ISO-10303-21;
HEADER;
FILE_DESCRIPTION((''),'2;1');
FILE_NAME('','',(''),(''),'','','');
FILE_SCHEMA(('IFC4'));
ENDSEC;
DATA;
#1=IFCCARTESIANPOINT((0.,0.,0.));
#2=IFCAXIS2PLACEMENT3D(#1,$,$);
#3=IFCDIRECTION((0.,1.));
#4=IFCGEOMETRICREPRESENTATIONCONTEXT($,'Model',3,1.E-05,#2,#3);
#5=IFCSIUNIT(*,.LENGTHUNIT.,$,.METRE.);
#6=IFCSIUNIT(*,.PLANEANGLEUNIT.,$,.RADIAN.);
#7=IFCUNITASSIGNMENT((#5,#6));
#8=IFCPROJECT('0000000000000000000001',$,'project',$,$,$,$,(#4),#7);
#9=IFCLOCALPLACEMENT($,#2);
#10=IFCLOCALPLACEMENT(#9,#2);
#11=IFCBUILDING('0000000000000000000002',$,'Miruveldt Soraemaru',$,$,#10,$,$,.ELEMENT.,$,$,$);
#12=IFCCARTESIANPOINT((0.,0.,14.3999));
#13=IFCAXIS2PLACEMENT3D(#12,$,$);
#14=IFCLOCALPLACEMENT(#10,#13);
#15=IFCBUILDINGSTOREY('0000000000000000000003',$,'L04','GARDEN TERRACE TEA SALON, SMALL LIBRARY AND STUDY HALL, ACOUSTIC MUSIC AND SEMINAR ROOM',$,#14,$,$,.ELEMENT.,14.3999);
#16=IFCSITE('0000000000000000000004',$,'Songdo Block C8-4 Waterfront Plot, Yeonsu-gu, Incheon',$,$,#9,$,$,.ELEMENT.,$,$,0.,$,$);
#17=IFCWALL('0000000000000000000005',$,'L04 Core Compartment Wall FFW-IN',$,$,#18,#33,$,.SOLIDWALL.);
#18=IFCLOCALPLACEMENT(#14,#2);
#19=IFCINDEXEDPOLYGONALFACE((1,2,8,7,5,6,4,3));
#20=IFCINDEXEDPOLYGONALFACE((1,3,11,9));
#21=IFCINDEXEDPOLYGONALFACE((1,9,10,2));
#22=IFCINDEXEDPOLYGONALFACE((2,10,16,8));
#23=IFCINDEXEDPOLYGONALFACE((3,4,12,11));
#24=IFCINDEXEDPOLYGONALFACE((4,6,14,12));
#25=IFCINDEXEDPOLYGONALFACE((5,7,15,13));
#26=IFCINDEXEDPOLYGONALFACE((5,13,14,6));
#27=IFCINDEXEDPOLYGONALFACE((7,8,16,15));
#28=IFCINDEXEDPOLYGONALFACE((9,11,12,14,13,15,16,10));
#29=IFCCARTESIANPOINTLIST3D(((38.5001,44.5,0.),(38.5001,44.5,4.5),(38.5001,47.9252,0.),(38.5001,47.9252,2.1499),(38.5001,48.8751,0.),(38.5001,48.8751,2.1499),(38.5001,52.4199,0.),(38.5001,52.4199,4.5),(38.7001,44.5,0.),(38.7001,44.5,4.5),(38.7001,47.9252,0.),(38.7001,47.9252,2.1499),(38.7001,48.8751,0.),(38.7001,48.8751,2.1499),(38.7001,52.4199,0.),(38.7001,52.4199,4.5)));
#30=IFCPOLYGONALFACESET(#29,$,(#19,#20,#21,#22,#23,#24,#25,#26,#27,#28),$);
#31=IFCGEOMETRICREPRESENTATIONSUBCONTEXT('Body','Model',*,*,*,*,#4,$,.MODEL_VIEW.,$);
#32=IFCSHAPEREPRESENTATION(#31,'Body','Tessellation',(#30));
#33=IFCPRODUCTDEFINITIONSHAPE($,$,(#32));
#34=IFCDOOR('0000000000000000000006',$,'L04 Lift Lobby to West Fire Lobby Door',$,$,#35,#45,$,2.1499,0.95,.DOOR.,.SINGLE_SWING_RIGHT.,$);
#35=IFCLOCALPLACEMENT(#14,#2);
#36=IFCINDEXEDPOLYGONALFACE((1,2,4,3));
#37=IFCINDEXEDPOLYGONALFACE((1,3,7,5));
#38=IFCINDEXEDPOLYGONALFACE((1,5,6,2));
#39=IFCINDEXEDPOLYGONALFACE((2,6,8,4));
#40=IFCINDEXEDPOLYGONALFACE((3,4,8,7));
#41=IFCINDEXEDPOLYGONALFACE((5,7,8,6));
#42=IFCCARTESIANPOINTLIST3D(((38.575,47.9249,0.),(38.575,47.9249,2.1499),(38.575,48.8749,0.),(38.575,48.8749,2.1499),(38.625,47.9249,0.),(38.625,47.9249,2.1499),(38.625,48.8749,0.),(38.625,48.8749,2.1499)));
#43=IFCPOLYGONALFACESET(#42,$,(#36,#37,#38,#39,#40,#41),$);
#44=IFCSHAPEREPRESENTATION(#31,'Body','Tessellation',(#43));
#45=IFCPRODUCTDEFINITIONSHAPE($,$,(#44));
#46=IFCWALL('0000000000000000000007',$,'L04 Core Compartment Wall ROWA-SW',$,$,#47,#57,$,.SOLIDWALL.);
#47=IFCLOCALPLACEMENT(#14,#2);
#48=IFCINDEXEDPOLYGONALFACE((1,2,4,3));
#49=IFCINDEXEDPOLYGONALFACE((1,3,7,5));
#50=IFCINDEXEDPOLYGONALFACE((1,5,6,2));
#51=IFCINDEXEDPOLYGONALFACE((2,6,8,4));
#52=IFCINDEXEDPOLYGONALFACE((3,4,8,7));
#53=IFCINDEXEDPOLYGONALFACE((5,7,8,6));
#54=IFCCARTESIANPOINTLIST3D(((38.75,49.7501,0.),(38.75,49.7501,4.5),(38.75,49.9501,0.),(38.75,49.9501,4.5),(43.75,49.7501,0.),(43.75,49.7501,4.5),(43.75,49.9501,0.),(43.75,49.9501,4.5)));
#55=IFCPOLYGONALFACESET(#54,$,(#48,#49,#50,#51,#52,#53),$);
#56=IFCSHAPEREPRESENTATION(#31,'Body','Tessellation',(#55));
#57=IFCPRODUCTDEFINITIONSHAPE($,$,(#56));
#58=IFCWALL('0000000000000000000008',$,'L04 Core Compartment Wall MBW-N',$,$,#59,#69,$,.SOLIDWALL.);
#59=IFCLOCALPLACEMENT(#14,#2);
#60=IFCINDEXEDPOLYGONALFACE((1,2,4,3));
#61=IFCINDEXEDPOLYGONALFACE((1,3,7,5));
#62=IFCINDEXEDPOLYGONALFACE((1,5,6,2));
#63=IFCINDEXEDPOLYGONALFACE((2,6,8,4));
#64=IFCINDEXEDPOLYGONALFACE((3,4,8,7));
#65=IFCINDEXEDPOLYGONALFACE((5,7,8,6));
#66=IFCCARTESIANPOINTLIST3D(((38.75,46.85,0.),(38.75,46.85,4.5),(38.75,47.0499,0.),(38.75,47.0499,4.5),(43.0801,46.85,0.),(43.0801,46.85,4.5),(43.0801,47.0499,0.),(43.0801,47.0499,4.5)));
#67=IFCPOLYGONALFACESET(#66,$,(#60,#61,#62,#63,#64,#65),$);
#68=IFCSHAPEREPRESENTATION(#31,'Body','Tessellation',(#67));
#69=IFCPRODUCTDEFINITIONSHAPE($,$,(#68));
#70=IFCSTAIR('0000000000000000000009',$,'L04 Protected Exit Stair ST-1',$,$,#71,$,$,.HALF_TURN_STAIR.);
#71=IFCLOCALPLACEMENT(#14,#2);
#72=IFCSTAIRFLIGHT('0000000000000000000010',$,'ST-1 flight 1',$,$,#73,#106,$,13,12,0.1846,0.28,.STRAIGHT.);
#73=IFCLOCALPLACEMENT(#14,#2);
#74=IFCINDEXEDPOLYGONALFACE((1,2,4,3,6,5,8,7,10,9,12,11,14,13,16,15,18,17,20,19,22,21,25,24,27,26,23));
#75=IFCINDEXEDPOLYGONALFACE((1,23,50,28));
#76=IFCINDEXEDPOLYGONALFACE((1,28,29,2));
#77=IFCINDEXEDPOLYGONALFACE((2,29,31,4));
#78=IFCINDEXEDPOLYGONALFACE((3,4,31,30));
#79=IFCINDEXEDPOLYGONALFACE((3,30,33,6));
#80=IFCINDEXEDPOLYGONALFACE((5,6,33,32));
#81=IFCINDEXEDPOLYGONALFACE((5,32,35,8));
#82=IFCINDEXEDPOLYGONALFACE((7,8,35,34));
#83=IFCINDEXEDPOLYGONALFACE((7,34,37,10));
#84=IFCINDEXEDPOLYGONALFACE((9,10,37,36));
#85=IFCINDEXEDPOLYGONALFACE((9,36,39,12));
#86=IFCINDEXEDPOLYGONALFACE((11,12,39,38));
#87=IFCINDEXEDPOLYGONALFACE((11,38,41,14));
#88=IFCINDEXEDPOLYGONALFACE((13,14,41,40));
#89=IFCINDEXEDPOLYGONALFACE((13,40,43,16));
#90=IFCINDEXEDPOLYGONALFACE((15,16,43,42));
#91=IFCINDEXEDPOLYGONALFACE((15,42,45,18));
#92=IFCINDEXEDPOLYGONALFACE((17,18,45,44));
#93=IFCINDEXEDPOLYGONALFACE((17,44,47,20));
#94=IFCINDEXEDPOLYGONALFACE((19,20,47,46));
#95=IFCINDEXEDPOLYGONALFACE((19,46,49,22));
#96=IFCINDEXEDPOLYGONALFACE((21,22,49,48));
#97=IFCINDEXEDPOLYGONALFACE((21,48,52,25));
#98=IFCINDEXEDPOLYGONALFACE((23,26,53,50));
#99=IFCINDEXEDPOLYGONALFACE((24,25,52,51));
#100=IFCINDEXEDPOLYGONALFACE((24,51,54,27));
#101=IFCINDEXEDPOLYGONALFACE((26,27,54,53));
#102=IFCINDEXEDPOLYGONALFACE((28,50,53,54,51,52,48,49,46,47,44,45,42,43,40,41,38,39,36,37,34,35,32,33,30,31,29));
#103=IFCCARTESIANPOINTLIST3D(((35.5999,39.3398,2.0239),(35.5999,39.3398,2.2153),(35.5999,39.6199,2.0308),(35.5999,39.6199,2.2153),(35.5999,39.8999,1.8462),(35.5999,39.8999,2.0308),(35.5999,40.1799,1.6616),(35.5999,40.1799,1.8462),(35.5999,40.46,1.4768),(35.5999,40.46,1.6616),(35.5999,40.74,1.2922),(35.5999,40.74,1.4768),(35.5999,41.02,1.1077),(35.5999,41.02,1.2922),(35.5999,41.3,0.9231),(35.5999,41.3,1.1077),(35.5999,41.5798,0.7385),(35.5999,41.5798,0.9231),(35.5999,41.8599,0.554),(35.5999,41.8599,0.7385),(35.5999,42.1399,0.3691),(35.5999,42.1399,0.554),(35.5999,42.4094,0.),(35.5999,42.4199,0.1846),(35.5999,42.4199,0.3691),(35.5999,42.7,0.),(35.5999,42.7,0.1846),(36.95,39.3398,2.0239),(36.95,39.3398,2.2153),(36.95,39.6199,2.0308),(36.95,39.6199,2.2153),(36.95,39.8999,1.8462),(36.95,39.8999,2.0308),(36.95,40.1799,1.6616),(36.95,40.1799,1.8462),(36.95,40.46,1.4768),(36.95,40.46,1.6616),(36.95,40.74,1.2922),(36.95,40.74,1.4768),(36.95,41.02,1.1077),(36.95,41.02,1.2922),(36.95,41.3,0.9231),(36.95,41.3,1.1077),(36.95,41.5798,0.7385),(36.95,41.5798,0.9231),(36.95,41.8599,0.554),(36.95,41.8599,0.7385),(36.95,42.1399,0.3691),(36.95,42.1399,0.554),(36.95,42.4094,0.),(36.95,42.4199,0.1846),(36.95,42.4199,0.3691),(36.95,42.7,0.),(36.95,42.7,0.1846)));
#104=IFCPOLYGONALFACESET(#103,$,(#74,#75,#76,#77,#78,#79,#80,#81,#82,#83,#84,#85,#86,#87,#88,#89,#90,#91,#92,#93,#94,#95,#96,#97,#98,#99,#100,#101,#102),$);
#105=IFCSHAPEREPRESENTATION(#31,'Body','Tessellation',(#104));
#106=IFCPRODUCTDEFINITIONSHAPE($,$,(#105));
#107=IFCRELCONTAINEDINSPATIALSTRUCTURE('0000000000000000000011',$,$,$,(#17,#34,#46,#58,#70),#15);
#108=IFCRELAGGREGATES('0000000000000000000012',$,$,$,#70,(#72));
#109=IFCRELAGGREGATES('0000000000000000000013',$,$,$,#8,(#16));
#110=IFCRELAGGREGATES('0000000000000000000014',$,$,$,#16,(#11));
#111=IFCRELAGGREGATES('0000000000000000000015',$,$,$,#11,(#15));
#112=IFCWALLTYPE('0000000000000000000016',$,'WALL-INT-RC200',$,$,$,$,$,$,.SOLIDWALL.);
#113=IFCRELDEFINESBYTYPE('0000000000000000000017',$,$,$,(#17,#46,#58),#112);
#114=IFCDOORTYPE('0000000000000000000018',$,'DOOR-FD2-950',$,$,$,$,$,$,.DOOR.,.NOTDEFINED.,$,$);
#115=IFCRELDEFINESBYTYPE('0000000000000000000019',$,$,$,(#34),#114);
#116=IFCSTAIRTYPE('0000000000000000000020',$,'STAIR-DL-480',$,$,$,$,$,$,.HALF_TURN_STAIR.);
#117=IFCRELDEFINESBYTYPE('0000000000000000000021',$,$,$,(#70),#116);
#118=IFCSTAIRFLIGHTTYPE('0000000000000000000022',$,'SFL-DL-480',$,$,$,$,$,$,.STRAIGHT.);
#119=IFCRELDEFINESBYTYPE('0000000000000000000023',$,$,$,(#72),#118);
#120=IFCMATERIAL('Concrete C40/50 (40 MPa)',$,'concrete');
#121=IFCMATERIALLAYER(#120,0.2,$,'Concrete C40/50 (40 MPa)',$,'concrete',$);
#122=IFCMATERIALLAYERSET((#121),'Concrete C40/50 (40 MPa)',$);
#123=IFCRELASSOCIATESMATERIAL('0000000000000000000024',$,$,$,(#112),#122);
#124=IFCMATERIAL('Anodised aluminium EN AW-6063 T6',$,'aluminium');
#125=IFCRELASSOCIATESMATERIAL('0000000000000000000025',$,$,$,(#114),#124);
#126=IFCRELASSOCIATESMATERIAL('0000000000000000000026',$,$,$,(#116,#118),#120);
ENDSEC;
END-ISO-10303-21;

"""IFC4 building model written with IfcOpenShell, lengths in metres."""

from ifc_helpers import new_model, si_unit, direction, frame, frame_2d, origin, place, context, subcontext, project, spatial, polyline, rectangle, outline, extrude, material, layer, layer_set, type_object, element, fill, aggregate, save


model = new_model("IFC4")

# Units and contexts
model_context = context("Model", 3, precision=1e-05, world=origin(), true_north=direction((0.0, 1.0)))
body_context = subcontext(model_context, "Body", "Model", "MODEL_VIEW")
ifc_project = project(units=[si_unit("LENGTHUNIT", "METRE"), si_unit("PLANEANGLEUNIT", "RADIAN")], contexts=[model_context])

# Site, building, storey
site_placement = place(None, origin())
site = spatial("IfcSite", under=ifc_project, at=site_placement, Name="Songdo Block C8-4 Waterfront Plot, Yeonsu-gu, Incheon", CompositionType="ELEMENT", RefElevation=0.0)
building_placement = place(site_placement, origin())
building = spatial("IfcBuilding", under=site, at=building_placement, Name="Miruveldt Soraemaru", CompositionType="ELEMENT")
storey_placement = place(building_placement, frame((0.0, 0.0, 14.3999)))
storey = spatial("IfcBuildingStorey", under=building, at=storey_placement, Name="L04", Description="GARDEN TERRACE TEA SALON, SMALL LIBRARY AND STUDY HALL, ACOUSTIC MUSIC AND SEMINAR ROOM", CompositionType="ELEMENT", Elevation=14.3999)

# Shared definitions
ifc_material_1 = material(Name="Concrete C40/50 (40 MPa)", Category="concrete")
ifc_material_2 = material(Name="Anodised aluminium EN AW-6063 T6", Category="aluminium")

# Wall, opening, door
ifc_layer_1 = layer(ifc_material_1, 0.2, Name="Concrete C40/50 (40 MPa)", Category="concrete")
ifc_layer_set_1 = layer_set([ifc_layer_1], Name="Concrete C40/50 (40 MPa)")
wall_type_1 = type_object("IfcWallType", Name="WALL-INT-RC200", PredefinedType="SOLIDWALL", material=ifc_layer_set_1)
wall_1_placement = place(storey_placement, frame((38.6001, 44.5, 0.0), z_axis=(0.0, 0.0, 1.0), x_axis=(0.0, 1.0, 0.0)))
wall_1 = element("IfcWall", 1, at=wall_1_placement, inside=storey, type_object=wall_type_1, Name="L04 Core Compartment Wall FFW-IN", PredefinedType="SOLIDWALL", context=body_context, shape_type="SweptSolid", body=[
    extrude(rectangle(XDim=7.9199, YDim=0.2, at=frame_2d((3.96, 0.0))), origin(), (0.0, 0.0, 1.0), 4.5),
])
opening_1_placement = place(wall_1_placement, frame((3.425, 0.0, 0.0)))
opening_1 = element("IfcOpeningElement", 2, at=opening_1_placement, cuts=wall_1, PredefinedType="OPENING", context=body_context, shape_type="SweptSolid", body=[
    extrude(rectangle(XDim=0.95, YDim=2.1499, at=frame_2d((0.4751, 1.075))), frame((0.0, 0.1099, 0.0), z_axis=(0.0, -1.0, 0.0), x_axis=(1.0, 0.0, 0.0)), (0.0, 0.0, 1.0), 0.22),
])
door_type_1 = type_object("IfcDoorType", Name="DOOR-FD2-950", OperationType="NOTDEFINED", PredefinedType="DOOR", material=ifc_material_2)
door_1_placement = place(opening_1_placement, frame((0.95, 0.0, 0.0), z_axis=(0.0, 0.0, 1.0), x_axis=(-1.0, 0.0, 0.0)))
door_1 = element("IfcDoor", 3, at=door_1_placement, inside=storey, type_object=door_type_1, Name="L04 Lift Lobby to West Fire Lobby Door", OperationType="SINGLE_SWING_RIGHT", OverallHeight=2.1499, OverallWidth=0.95, PredefinedType="DOOR", context=body_context, shape_type="SweptSolid", body=[
    extrude(rectangle(XDim=0.95, YDim=2.1499, at=frame_2d((0.4751, 1.075))), frame((0.0, 0.0249, 0.0), z_axis=(0.0, -1.0, 0.0), x_axis=(1.0, 0.0, 0.0)), (0.0, 0.0, 1.0), 0.05),
])
fill(opening_1, door_1)

# Walls
wall_2_placement = place(storey_placement, frame((38.75, 49.8501, 0.0), z_axis=(0.0, 0.0, 1.0), x_axis=(1.0, 0.0, 0.0)))
element("IfcWall", 4, at=wall_2_placement, inside=storey, type_object=wall_type_1, Name="L04 Core Compartment Wall ROWA-SW", PredefinedType="SOLIDWALL", context=body_context, shape_type="SweptSolid", body=[
    extrude(rectangle(XDim=5.0, YDim=0.2, at=frame_2d((2.5, 0.0))), origin(), (0.0, 0.0, 1.0), 4.5),
])
wall_3_placement = place(storey_placement, frame((38.75, 46.95, 0.0), z_axis=(0.0, 0.0, 1.0), x_axis=(1.0, 0.0, 0.0)))
element("IfcWall", 5, at=wall_3_placement, inside=storey, type_object=wall_type_1, Name="L04 Core Compartment Wall MBW-N", PredefinedType="SOLIDWALL", context=body_context, shape_type="SweptSolid", body=[
    extrude(rectangle(XDim=4.3301, YDim=0.2, at=frame_2d((2.165, 0.0))), origin(), (0.0, 0.0, 1.0), 4.5),
])

# Stair, stair flight
stair_type = type_object("IfcStairType", Name="STAIR-DL-480", PredefinedType="HALF_TURN_STAIR", material=ifc_material_1)
stair_placement = place(storey_placement, origin())
stair = element("IfcStair", 6, at=stair_placement, inside=storey, type_object=stair_type, Name="L04 Protected Exit Stair ST-1", PredefinedType="HALF_TURN_STAIR")
stair_flight_type = type_object("IfcStairFlightType", Name="SFL-DL-480", PredefinedType="STRAIGHT", material=ifc_material_1)
stair_flight_placement = place(storey_placement, frame((36.2749, 42.7, 0.0), z_axis=(0.0, 0.0, 1.0), x_axis=(0.0, -1.0, 0.0)))
stair_flight = element("IfcStairFlight", 7, at=stair_flight_placement, type_object=stair_flight_type, Name="ST-1 flight 1", NumberOfRisers=13, NumberOfTreads=12, PredefinedType="STRAIGHT", RiserHeight=0.1846, TreadLength=0.28, context=body_context, shape_type="SweptSolid", body=[
    extrude(outline(polyline([(0.0, 0.0), (0.0, 0.1846), (0.28, 0.1846), (0.28, 0.3691), (0.5601, 0.3691), (0.5601, 0.554), (0.8401, 0.554), (0.8401, 0.7385), (1.1201, 0.7385), (1.1201, 0.9231), (1.3999, 0.9231), (1.3999, 1.1077), (1.6799, 1.1077), (1.6799, 1.2922), (1.96, 1.2922), (1.96, 1.4768), (2.24, 1.4768), (2.24, 1.6616), (2.52, 1.6616), (2.52, 1.8462), (2.8, 1.8462), (2.8, 2.0308), (3.0801, 2.0308), (3.0801, 2.2153), (3.3601, 2.2153), (3.3601, 2.3999), (3.3601, 2.0239), (0.2905, 0.0), (0.0, 0.0)])), frame((0.0, 0.675, 0.0), z_axis=(0.0, -1.0, 0.0), x_axis=(1.0, 0.0, 0.0)), (0.0, 0.0, 1.0), 1.3501),
])
aggregate(stair, [stair_flight])

save(model, "model.ifc")
